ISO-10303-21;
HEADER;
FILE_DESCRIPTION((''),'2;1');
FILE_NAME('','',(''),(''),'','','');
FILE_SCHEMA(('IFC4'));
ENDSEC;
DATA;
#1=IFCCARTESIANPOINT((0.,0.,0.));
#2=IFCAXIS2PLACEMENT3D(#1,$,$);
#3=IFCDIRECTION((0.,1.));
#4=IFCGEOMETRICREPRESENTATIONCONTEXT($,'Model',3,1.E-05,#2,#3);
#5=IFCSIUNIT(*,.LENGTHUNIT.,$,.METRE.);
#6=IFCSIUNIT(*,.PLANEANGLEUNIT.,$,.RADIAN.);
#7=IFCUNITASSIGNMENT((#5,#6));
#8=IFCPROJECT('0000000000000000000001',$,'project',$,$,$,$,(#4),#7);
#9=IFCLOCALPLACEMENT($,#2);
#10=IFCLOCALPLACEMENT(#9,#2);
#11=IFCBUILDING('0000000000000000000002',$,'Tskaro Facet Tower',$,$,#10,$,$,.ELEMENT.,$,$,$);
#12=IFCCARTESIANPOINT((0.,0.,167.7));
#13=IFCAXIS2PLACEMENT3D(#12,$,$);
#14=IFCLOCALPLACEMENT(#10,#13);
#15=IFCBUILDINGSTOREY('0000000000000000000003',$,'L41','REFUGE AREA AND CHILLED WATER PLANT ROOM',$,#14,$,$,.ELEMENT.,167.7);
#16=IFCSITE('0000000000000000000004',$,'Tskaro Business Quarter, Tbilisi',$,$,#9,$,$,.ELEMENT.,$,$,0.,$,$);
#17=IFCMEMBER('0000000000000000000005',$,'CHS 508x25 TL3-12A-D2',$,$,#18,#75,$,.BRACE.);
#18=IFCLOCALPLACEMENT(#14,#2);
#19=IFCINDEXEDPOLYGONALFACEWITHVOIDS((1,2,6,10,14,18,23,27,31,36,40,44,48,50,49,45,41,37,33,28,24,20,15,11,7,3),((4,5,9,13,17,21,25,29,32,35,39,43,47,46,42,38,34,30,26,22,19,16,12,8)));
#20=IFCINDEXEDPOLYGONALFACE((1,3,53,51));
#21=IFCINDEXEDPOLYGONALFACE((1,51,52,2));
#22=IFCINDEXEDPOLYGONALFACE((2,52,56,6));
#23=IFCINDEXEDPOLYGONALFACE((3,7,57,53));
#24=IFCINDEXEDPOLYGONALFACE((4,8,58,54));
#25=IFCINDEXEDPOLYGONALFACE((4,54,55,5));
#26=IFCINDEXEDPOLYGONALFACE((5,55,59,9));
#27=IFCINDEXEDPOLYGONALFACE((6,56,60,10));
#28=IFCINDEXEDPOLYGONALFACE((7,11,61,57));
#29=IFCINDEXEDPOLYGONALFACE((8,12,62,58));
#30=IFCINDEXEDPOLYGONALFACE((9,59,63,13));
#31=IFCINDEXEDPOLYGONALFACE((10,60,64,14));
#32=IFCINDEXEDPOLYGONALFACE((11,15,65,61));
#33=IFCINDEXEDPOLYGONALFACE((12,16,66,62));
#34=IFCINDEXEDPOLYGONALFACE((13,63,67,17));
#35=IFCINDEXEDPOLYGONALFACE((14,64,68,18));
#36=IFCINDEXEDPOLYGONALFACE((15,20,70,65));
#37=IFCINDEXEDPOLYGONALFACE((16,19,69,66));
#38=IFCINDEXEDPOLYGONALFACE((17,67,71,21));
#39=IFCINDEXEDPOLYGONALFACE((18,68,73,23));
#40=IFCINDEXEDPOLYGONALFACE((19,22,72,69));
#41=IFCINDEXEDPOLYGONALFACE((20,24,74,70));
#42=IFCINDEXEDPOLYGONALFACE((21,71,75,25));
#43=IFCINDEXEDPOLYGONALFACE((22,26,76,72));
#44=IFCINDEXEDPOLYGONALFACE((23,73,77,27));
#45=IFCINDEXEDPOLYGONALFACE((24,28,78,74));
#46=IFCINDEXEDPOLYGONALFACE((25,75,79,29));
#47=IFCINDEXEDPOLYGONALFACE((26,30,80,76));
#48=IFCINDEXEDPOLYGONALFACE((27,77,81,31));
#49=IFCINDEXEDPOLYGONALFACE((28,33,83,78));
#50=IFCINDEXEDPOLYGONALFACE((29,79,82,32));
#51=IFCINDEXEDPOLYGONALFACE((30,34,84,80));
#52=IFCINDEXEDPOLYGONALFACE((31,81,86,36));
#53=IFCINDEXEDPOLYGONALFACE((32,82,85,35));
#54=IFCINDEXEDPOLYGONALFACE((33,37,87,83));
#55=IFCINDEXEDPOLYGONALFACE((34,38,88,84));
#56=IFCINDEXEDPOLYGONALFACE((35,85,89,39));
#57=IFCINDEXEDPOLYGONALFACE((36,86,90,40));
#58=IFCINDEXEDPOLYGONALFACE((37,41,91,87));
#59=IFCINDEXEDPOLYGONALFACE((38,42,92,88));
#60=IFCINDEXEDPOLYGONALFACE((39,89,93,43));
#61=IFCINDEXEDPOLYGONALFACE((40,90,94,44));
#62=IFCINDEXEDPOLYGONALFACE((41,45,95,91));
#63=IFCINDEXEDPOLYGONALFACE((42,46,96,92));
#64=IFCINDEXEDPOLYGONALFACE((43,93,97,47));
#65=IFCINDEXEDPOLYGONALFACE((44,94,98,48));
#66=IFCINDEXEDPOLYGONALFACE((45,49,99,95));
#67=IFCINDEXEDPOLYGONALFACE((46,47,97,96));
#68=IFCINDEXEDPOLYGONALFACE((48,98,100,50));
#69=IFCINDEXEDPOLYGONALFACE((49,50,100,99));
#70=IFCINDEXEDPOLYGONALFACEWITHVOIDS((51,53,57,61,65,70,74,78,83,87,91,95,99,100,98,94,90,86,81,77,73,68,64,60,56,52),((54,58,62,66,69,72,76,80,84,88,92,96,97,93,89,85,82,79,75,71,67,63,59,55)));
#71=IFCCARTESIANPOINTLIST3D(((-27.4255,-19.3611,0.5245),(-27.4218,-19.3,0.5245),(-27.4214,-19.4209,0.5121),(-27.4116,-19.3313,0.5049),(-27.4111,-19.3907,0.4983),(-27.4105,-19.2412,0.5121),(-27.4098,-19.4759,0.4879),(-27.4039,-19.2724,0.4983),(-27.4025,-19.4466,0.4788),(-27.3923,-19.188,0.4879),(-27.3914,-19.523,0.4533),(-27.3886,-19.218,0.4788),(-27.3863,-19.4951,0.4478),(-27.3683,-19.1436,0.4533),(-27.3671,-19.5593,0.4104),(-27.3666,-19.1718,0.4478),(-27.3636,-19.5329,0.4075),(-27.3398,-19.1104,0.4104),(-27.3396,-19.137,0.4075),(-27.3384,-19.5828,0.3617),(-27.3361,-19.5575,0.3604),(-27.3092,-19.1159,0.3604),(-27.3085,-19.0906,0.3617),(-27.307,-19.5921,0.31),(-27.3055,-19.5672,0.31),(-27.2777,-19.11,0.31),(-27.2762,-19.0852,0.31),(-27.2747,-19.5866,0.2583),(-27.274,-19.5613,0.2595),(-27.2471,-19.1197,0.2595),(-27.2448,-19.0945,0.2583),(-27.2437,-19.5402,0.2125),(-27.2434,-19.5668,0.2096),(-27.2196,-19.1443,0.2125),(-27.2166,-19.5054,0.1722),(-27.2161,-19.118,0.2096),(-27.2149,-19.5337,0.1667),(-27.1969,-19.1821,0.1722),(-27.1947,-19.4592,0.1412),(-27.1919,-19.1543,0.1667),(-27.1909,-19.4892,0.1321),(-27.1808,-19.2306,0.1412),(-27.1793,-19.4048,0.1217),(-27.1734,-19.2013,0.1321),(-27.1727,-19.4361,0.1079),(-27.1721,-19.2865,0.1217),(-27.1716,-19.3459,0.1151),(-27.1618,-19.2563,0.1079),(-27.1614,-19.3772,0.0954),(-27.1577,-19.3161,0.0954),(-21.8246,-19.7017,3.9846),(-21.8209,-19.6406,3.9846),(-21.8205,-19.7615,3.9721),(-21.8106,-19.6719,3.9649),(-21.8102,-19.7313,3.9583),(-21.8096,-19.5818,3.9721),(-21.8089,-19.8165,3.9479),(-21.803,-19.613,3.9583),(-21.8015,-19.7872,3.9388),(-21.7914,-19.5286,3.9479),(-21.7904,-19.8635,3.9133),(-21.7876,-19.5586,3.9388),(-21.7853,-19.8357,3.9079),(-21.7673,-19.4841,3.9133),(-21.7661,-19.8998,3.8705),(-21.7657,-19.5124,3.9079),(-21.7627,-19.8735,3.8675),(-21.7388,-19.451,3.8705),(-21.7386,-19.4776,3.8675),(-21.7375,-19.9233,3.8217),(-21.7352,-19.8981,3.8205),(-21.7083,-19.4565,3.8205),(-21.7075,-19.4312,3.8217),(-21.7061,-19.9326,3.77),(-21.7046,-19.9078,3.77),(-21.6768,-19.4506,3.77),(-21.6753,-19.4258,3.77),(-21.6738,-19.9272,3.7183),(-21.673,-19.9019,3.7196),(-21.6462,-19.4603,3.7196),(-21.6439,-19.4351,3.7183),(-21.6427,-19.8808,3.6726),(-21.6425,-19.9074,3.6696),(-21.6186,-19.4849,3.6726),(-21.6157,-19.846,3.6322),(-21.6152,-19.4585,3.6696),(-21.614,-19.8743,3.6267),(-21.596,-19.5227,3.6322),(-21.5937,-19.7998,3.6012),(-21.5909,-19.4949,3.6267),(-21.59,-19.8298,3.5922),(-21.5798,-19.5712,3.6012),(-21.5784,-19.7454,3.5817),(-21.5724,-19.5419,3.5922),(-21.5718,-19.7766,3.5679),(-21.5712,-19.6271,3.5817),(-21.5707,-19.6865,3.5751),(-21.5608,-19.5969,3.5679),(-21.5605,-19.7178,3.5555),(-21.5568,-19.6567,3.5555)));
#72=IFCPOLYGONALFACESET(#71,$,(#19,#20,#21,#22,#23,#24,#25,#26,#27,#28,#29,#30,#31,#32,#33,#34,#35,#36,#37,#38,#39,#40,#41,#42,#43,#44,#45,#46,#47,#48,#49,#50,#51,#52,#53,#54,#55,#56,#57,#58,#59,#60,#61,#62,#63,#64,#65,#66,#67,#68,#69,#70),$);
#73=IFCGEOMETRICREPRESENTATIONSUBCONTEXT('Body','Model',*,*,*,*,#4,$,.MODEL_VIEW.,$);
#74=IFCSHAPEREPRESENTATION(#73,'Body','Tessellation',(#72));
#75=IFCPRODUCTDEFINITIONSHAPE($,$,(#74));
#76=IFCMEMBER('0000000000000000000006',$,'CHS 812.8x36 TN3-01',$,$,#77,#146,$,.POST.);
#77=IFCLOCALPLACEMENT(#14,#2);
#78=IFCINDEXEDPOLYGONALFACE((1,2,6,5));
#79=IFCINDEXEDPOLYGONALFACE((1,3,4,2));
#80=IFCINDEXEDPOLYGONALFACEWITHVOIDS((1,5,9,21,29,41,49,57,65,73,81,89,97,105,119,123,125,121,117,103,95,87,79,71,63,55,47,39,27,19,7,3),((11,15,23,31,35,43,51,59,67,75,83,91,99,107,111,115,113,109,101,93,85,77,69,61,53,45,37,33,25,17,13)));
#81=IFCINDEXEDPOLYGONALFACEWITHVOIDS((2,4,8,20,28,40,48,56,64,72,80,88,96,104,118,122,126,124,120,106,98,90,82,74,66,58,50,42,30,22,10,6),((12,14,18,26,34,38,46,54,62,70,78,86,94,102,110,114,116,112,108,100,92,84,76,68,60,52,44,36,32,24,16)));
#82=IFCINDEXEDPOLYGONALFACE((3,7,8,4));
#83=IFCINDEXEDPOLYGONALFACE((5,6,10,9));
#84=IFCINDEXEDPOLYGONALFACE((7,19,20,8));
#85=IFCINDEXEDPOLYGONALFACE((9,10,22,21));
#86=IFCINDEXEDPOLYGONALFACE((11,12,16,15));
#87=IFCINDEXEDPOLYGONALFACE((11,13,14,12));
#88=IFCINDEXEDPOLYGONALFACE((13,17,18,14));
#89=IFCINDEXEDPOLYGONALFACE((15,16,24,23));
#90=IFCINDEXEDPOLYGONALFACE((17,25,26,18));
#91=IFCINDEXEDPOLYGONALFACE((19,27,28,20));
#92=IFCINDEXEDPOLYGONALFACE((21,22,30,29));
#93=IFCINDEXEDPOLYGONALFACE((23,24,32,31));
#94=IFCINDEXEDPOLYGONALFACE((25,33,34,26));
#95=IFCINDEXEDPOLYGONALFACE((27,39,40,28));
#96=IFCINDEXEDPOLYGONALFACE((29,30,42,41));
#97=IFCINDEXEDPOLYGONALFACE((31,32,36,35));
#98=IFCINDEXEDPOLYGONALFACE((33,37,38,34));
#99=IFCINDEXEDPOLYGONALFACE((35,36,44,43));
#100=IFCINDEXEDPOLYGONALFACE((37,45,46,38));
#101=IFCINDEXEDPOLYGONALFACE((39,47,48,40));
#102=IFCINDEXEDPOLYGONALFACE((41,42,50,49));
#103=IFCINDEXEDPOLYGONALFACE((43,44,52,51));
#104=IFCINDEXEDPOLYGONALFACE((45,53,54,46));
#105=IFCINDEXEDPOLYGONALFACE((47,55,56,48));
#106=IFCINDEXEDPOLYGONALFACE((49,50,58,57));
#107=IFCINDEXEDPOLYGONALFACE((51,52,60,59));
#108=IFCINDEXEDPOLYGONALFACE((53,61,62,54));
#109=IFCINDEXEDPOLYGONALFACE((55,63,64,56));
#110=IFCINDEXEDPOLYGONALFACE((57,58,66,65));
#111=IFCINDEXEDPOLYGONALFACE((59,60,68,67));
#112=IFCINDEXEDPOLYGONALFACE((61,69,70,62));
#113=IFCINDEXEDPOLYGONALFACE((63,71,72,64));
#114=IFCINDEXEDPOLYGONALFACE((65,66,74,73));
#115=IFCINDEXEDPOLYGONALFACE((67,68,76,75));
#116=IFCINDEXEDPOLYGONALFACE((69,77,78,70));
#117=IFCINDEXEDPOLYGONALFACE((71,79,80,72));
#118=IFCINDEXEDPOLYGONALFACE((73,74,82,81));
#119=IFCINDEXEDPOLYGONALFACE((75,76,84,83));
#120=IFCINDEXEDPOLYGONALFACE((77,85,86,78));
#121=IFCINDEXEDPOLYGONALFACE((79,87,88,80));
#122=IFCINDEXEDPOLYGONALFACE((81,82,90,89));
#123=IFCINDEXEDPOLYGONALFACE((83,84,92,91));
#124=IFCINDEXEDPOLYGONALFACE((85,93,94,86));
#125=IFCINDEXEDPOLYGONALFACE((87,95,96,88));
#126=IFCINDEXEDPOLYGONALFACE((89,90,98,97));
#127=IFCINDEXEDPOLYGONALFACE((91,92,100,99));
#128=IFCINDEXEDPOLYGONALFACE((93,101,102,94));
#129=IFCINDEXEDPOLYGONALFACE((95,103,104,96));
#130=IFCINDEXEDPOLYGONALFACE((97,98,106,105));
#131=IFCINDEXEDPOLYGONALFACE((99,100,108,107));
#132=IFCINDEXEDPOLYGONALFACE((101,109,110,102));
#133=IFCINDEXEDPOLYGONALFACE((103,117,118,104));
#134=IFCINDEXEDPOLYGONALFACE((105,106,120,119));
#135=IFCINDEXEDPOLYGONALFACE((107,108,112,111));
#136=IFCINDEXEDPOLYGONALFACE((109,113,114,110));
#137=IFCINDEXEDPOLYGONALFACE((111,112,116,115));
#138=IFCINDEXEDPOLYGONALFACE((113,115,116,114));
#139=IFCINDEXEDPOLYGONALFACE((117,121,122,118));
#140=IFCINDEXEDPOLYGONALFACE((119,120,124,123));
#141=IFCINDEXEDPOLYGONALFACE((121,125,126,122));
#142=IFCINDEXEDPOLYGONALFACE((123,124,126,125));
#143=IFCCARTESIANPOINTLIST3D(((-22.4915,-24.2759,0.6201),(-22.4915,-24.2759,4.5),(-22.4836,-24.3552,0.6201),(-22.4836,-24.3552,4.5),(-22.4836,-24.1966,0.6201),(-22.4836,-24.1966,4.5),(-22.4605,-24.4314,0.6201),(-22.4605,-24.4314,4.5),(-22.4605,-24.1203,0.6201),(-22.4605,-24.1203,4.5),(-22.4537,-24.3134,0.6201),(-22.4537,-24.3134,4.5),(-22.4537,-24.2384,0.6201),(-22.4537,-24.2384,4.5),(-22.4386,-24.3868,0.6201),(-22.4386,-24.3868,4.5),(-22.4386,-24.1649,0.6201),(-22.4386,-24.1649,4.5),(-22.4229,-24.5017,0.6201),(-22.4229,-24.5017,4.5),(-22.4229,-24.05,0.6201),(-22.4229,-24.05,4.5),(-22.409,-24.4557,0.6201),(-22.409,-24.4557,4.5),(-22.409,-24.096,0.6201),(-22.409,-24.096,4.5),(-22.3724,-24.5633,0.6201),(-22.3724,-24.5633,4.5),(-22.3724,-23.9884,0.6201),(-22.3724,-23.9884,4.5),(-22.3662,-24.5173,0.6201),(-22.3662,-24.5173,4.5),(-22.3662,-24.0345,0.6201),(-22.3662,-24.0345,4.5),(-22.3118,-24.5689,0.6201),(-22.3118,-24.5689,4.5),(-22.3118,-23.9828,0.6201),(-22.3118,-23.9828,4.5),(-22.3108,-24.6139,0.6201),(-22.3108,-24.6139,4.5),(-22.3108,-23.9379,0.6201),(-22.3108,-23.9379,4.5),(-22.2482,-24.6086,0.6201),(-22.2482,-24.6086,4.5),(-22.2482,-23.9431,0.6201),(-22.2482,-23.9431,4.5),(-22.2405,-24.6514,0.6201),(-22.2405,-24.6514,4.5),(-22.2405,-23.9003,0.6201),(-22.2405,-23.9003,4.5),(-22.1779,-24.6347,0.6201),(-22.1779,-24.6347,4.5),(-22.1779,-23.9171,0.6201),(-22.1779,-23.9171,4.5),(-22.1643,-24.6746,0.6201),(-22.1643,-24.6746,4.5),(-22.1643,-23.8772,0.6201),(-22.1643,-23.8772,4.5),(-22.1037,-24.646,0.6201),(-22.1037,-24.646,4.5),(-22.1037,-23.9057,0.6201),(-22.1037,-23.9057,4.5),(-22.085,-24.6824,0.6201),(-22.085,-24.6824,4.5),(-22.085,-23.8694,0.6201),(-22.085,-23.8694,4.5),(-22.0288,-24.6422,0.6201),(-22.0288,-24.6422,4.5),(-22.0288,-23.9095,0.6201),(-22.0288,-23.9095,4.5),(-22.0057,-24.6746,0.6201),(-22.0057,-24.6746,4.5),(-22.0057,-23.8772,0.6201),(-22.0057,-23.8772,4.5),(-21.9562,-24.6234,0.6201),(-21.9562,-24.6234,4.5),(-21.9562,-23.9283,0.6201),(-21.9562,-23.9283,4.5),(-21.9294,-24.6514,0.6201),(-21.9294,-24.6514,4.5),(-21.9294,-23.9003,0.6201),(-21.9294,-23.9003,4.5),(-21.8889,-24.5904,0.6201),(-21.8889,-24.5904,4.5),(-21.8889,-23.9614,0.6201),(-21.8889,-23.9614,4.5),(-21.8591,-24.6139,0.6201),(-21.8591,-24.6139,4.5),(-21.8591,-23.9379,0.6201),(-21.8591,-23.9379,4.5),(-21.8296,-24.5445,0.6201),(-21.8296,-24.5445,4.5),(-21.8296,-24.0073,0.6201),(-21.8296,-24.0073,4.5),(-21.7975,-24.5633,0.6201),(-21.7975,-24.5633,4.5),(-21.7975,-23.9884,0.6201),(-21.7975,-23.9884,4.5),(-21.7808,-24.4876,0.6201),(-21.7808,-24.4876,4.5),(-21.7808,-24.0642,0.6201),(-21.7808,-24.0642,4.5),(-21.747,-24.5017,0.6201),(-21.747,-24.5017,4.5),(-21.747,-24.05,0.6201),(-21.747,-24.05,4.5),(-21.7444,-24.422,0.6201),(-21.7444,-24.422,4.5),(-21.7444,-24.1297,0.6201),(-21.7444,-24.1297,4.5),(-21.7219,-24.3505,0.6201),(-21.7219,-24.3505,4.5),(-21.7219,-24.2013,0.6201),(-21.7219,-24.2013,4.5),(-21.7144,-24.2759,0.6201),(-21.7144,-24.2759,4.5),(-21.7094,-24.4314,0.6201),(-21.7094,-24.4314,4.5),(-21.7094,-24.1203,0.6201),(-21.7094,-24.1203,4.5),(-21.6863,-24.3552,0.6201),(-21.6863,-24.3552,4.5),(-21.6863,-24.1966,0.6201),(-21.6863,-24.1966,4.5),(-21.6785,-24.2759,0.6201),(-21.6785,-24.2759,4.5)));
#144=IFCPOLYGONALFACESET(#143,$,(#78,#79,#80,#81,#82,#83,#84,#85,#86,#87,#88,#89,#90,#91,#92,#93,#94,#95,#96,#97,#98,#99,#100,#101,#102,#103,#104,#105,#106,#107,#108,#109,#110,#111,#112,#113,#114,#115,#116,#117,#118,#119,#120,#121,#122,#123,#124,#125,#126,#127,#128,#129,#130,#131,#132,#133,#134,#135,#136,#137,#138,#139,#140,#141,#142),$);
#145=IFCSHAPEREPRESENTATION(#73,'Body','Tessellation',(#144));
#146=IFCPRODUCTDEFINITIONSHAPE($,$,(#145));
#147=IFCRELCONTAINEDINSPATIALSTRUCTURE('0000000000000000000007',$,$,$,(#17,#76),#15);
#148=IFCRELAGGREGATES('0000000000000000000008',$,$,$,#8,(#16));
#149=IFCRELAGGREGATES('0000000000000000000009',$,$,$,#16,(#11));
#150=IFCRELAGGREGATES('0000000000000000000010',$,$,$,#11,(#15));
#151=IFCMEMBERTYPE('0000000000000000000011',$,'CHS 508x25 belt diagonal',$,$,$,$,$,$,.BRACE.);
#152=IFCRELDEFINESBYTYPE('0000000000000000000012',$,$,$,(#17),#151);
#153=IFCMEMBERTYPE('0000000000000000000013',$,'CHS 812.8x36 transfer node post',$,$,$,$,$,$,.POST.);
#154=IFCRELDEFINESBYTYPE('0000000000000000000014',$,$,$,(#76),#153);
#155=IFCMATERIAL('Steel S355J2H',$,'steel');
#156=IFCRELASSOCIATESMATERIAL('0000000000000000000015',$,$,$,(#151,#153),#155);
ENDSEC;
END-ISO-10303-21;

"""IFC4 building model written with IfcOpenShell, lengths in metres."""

from ifc_helpers import new_model, si_unit, direction, frame, origin, origin_2d, place, context, subcontext, project, spatial, hollow_circle, extrude, material, material_profile, profile_set, type_object, element, save


model = new_model("IFC4")

# Units and contexts
model_context = context("Model", 3, precision=1e-05, world=origin(), true_north=direction((0.0, 1.0)))
body_context = subcontext(model_context, "Body", "Model", "MODEL_VIEW")
ifc_project = project(units=[si_unit("LENGTHUNIT", "METRE"), si_unit("PLANEANGLEUNIT", "RADIAN")], contexts=[model_context])

# Site, building, storey
site_placement = place(None, origin())
site = spatial("IfcSite", under=ifc_project, at=site_placement, Name="Tskaro Business Quarter, Tbilisi", CompositionType="ELEMENT", RefElevation=0.0)
building_placement = place(site_placement, origin())
building = spatial("IfcBuilding", under=site, at=building_placement, Name="Tskaro Facet Tower", CompositionType="ELEMENT")
storey_placement = place(building_placement, frame((0.0, 0.0, 167.7)))
storey = spatial("IfcBuildingStorey", under=building, at=storey_placement, Name="L41", Description="REFUGE AREA AND CHILLED WATER PLANT ROOM", CompositionType="ELEMENT", Elevation=167.7)

# Shared definitions
ifc_material_1 = material(Name="Steel S355J2H", Category="steel")

# Members
ifc_material_profile_1 = material_profile(ifc_material_1, hollow_circle(Radius=0.2539, WallThickness=0.0249, at=origin_2d()), Name="CHS 508x25")
ifc_profile_set_1 = profile_set([ifc_material_profile_1], Name="Steel S355J2H")
member_type_1 = type_object("IfcMemberType", Name="CHS 508x25 belt diagonal", PredefinedType="BRACE", material=ifc_profile_set_1)
member_1_placement = place(storey_placement, frame((-21.6907, -19.6792, 3.77), z_axis=(-0.849619, 0.051664, -0.52486), x_axis=(-0.060696, -0.998156, 0.0)))
element("IfcMember", 1, at=member_1_placement, inside=storey, type_object=member_type_1, Name="CHS 508x25 TL3-12A-D2", PredefinedType="BRACE", context=body_context, shape_type="SweptSolid", body=[
    extrude(hollow_circle(Radius=0.2539, WallThickness=0.0249, at=origin_2d()), origin(), (0.0, 0.0, 1.0), 6.5923),
])
ifc_material_profile_2 = material_profile(ifc_material_1, hollow_circle(Radius=0.4065, WallThickness=0.0359, at=origin_2d()), Name="CHS 812.8x36")
ifc_profile_set_2 = profile_set([ifc_material_profile_2], Name="Steel S355J2H")
member_type_2 = type_object("IfcMemberType", Name="CHS 812.8x36 transfer node post", PredefinedType="POST", material=ifc_profile_set_2)
for number, where, z_axis, x_axis, name in (
    (2, (-22.085, -24.2759, 0.6201), (0.0, 0.0, 1.0), (1.0, 0.0, 0.0), "CHS 812.8x36 TN3-01"),
):
    element("IfcMember", number, at=place(storey_placement, frame(where, z_axis=z_axis, x_axis=x_axis)), inside=storey, type_object=member_type_2, Name=name, PredefinedType="POST", context=body_context, shape_type="SweptSolid", body=[
        extrude(hollow_circle(Radius=0.4065, WallThickness=0.0359, at=origin_2d()), origin(), (0.0, 0.0, 1.0), 3.8799),
    ])

save(model, "model.ifc")
